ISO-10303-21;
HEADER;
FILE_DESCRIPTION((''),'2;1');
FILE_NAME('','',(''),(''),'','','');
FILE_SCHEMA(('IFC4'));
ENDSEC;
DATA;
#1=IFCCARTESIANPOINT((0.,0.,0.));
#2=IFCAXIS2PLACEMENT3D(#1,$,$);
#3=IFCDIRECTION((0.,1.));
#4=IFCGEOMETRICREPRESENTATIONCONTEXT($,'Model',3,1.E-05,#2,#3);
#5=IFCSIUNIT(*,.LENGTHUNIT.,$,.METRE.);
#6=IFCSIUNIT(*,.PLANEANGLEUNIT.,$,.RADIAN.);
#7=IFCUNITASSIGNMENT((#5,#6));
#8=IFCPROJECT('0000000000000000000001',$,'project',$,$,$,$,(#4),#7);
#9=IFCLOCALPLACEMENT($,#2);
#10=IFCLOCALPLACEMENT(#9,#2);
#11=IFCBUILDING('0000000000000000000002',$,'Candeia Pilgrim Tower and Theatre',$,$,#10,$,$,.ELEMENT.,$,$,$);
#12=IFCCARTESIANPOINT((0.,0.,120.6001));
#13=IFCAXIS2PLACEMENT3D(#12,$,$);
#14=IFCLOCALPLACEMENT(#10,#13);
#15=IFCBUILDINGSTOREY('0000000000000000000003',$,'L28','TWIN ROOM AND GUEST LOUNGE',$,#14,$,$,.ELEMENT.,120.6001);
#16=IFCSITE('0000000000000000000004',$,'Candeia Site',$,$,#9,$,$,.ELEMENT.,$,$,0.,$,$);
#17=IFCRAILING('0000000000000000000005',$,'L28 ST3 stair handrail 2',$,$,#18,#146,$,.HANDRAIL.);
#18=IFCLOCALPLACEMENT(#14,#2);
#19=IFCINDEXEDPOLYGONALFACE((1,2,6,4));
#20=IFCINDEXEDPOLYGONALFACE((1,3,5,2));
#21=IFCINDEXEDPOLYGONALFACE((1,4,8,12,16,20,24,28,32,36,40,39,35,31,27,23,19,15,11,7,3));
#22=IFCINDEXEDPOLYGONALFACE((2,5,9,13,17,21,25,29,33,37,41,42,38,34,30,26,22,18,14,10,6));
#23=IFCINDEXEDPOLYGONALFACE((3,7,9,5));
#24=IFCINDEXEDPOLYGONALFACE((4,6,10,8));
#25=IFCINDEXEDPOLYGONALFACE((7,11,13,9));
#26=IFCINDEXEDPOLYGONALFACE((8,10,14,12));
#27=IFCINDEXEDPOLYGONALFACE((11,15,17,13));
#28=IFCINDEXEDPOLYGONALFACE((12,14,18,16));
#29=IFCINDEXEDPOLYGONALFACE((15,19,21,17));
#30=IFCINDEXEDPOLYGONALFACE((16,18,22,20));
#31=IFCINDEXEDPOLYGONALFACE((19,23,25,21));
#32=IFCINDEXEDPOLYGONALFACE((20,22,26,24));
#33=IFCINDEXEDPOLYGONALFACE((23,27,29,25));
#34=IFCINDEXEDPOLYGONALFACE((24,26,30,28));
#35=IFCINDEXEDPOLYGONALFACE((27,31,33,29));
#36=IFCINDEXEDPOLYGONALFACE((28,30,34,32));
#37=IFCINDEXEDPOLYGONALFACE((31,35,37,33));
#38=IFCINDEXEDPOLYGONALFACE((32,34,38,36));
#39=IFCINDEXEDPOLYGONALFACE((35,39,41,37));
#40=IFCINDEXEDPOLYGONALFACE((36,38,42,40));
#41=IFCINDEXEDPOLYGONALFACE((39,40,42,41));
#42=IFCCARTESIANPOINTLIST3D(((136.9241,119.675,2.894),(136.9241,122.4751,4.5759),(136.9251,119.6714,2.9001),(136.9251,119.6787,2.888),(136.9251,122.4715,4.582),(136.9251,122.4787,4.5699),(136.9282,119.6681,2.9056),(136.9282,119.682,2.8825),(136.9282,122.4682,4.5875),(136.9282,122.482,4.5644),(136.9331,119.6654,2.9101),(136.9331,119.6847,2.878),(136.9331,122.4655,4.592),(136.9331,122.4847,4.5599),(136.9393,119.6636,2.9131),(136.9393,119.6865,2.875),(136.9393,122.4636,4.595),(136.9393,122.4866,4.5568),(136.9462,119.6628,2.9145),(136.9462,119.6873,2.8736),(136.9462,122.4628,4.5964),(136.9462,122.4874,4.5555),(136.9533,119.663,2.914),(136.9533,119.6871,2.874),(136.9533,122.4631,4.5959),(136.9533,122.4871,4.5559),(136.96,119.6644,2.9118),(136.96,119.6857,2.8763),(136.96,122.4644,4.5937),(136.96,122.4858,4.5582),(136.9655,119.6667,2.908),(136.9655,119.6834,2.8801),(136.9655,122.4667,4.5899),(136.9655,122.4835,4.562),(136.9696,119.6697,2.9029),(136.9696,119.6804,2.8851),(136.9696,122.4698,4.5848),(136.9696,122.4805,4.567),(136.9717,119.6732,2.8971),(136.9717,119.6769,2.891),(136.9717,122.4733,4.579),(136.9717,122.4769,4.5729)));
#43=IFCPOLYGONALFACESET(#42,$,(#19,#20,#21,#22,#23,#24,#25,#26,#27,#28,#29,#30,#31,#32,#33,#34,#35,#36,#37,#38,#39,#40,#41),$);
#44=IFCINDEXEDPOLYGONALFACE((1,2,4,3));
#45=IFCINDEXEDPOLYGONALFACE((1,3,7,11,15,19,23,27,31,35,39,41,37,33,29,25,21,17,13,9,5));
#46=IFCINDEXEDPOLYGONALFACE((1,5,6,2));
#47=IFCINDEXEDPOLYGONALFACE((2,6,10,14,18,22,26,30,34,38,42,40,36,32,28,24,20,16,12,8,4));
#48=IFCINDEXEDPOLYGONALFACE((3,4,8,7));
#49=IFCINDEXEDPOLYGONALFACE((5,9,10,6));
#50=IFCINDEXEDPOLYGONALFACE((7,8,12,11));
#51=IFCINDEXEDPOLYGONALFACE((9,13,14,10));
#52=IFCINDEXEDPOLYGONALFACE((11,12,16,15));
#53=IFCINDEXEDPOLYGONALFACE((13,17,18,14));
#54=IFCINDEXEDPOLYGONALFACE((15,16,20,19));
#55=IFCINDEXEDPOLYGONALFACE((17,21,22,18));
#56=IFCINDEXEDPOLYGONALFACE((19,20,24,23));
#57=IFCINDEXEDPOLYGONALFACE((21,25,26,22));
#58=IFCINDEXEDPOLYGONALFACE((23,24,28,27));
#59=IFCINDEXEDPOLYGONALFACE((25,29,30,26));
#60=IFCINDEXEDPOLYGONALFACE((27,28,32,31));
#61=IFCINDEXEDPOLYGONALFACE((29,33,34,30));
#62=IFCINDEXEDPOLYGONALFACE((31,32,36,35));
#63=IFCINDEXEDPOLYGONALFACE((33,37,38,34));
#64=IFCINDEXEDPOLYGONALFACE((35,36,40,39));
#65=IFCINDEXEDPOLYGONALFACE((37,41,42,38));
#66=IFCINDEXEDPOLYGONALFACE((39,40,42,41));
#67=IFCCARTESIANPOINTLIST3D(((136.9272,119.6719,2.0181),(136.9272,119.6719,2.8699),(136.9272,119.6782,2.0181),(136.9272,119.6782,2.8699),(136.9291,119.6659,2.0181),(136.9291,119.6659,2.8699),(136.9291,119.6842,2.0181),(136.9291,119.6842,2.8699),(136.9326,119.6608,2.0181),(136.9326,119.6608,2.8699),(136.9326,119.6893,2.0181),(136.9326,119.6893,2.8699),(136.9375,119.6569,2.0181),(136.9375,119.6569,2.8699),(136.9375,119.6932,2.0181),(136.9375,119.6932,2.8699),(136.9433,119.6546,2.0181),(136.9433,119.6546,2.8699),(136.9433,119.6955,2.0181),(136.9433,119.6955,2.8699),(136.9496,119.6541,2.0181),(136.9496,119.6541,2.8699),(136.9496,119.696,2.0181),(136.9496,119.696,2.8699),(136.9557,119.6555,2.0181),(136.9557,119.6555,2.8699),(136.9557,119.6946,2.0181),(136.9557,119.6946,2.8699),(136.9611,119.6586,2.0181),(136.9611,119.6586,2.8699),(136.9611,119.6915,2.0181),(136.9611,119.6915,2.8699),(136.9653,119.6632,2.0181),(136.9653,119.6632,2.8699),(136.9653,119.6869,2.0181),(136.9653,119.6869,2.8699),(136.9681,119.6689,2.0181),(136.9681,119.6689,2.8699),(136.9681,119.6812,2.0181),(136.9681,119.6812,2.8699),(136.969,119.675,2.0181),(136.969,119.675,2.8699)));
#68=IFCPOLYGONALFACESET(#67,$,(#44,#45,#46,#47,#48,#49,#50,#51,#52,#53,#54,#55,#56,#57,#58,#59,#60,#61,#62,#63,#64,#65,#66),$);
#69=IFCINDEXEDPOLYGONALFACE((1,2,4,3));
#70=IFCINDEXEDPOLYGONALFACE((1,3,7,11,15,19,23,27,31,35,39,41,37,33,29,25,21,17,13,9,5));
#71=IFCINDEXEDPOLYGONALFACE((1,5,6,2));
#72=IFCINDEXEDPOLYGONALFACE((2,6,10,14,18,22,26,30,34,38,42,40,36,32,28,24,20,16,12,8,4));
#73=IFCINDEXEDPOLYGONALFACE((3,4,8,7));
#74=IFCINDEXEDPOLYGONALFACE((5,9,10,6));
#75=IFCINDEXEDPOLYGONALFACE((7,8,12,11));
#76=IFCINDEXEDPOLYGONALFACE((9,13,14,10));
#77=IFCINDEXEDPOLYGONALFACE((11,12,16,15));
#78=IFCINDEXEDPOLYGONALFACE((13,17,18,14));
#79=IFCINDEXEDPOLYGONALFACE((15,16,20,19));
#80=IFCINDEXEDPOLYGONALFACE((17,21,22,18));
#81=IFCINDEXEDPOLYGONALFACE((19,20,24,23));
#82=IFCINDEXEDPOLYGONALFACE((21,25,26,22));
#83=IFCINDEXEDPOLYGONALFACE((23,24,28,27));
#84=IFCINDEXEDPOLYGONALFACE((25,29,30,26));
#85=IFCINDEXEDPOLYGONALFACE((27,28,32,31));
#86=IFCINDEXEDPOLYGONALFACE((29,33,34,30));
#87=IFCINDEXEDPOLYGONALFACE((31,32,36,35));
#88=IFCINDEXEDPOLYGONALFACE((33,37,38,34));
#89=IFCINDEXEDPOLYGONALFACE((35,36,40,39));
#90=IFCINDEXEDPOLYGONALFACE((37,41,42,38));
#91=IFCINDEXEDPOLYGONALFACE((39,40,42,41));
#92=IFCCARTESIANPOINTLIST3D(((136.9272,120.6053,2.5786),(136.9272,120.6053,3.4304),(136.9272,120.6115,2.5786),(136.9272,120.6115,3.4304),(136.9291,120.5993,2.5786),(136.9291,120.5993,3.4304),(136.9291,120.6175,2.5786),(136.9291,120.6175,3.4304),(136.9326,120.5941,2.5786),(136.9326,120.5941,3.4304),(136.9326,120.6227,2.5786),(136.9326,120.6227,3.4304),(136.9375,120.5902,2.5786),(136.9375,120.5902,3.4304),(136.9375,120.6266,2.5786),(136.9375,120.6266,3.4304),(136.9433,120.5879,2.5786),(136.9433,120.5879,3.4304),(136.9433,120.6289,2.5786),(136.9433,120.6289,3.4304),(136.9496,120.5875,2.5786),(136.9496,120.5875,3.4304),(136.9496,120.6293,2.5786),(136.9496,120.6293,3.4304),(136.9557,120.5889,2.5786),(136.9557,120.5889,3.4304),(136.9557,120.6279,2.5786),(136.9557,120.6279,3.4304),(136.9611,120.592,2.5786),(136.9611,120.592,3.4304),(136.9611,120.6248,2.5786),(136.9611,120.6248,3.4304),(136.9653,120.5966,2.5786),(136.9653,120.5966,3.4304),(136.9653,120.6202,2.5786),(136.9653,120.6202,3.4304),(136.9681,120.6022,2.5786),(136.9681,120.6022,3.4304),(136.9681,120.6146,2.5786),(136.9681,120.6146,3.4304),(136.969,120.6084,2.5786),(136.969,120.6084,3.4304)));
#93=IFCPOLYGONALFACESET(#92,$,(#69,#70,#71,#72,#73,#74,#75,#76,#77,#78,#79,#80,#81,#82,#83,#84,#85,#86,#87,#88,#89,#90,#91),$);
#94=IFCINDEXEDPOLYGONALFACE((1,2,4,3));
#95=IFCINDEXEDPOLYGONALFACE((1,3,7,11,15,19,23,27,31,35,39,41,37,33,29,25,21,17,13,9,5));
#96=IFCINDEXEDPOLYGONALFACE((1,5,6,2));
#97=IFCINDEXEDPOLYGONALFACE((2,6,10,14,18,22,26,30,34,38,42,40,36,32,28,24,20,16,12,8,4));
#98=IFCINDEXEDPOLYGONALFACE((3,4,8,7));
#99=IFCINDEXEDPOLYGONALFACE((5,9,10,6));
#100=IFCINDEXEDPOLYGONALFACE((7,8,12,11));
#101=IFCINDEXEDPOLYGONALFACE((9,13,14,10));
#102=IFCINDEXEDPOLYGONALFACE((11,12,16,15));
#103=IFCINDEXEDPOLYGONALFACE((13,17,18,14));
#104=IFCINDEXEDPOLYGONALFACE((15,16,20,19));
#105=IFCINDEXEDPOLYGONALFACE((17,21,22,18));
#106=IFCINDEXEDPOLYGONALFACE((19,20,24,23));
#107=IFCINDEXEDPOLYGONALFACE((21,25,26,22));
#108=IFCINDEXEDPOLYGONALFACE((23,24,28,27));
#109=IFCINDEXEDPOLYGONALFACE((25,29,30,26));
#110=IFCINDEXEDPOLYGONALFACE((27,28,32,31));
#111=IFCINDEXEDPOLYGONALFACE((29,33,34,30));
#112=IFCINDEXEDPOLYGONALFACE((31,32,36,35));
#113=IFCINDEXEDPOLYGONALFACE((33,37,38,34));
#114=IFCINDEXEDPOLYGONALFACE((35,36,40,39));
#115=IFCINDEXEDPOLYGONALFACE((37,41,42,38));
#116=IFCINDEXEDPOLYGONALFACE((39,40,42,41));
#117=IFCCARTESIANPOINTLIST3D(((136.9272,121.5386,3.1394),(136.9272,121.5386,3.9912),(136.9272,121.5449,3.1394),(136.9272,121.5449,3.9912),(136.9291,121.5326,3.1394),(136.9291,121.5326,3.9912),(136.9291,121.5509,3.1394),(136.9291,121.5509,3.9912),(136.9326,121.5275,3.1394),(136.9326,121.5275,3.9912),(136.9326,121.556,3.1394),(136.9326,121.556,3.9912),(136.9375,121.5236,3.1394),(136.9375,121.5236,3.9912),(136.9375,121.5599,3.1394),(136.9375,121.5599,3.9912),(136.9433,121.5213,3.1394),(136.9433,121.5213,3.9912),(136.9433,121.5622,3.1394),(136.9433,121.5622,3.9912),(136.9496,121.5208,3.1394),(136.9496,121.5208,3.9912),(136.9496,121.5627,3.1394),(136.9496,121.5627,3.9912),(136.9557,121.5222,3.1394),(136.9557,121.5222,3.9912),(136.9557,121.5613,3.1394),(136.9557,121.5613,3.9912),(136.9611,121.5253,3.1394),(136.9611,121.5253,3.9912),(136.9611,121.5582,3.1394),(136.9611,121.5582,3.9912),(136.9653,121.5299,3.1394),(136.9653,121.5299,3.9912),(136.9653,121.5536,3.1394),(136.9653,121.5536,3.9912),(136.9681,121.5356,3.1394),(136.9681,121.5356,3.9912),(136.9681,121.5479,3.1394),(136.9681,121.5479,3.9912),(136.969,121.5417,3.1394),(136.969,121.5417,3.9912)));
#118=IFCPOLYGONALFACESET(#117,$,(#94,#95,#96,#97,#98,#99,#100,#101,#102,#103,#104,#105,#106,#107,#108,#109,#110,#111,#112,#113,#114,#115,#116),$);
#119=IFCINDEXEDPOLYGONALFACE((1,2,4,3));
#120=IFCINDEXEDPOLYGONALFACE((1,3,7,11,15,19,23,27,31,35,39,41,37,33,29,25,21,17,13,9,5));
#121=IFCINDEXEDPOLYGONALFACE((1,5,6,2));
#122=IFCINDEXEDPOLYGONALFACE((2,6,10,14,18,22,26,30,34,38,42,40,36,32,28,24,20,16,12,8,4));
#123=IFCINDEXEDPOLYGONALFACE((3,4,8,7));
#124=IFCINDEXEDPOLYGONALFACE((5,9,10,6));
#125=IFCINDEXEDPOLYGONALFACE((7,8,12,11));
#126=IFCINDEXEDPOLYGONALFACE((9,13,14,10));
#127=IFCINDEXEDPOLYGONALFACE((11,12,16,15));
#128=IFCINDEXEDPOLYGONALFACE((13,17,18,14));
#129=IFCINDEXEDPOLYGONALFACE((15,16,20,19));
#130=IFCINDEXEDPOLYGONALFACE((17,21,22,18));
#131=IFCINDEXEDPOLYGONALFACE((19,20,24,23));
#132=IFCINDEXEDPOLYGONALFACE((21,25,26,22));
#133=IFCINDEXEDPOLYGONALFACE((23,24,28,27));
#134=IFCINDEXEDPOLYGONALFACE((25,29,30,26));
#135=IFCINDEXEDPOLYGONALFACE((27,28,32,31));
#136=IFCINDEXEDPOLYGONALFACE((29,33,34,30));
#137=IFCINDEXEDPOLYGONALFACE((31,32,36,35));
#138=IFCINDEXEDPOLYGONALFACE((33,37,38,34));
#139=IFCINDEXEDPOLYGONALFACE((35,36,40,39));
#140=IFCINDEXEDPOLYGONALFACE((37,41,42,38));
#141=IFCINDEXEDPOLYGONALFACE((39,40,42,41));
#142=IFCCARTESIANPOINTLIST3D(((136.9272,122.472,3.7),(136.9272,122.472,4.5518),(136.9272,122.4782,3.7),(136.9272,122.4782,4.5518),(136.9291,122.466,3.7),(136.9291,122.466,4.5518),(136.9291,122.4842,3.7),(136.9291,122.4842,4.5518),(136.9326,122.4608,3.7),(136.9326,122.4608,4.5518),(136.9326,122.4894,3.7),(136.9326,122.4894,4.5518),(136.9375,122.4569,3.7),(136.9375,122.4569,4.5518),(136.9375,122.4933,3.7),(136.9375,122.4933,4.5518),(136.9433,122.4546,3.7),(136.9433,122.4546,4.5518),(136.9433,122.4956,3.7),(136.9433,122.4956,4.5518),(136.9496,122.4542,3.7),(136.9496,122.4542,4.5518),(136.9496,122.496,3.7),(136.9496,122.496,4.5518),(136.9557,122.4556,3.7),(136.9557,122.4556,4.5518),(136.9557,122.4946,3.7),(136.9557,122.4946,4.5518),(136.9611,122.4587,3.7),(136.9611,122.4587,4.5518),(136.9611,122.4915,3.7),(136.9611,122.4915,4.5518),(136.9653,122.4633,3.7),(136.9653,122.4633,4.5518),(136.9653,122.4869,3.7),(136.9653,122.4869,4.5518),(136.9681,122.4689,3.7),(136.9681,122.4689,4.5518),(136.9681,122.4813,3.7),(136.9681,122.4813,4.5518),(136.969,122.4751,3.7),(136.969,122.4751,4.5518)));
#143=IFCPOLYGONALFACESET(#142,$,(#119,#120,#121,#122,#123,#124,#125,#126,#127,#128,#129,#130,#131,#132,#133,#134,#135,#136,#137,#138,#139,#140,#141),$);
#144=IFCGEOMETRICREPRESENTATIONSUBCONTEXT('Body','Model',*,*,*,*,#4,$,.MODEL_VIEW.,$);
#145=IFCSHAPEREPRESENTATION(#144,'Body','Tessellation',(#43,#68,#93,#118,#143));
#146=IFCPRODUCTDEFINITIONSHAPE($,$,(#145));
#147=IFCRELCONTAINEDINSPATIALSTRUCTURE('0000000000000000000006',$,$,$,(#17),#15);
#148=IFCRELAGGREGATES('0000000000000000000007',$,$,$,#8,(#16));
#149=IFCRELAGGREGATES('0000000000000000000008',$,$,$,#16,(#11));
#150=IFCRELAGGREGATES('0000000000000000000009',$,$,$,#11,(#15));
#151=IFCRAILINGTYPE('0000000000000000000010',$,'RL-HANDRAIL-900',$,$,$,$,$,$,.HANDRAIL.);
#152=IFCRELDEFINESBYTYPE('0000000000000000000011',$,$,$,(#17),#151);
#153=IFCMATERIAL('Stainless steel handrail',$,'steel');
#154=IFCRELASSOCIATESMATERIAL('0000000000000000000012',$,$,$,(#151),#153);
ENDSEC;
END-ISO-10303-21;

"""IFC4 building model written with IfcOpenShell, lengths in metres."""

from ifc_helpers import new_model, si_unit, direction, frame, origin, origin_2d, place, context, subcontext, project, spatial, circle, extrude, material, type_object, element, save


model = new_model("IFC4")

# Units and contexts
model_context = context("Model", 3, precision=1e-05, world=origin(), true_north=direction((0.0, 1.0)))
body_context = subcontext(model_context, "Body", "Model", "MODEL_VIEW")
ifc_project = project(units=[si_unit("LENGTHUNIT", "METRE"), si_unit("PLANEANGLEUNIT", "RADIAN")], contexts=[model_context])

# Site, building, storey
site_placement = place(None, origin())
site = spatial("IfcSite", under=ifc_project, at=site_placement, Name="Candeia Site", CompositionType="ELEMENT", RefElevation=0.0)
building_placement = place(site_placement, origin())
building = spatial("IfcBuilding", under=site, at=building_placement, Name="Candeia Pilgrim Tower and Theatre", CompositionType="ELEMENT")
storey_placement = place(building_placement, frame((0.0, 0.0, 120.6001)))
storey = spatial("IfcBuildingStorey", under=building, at=storey_placement, Name="L28", Description="TWIN ROOM AND GUEST LOUNGE", CompositionType="ELEMENT", Elevation=120.6001)

# Railing
ifc_material_1 = material(Name="Stainless steel handrail", Category="steel")
railing_type_1 = type_object("IfcRailingType", Name="RL-HANDRAIL-900", PredefinedType="HANDRAIL", material=ifc_material_1)
railing_1_placement = place(storey_placement, frame((136.948, 119.675, 2.0181)))
element("IfcRailing", 1, at=railing_1_placement, inside=storey, type_object=railing_type_1, Name="L28 ST3 stair handrail 2", PredefinedType="HANDRAIL", context=body_context, shape_type="SweptSolid", body=[
    extrude(circle(Radius=0.0239, at=origin_2d()), frame((0.0, 0.0, 0.876), z_axis=(0.0, 0.857242, 0.514913), x_axis=(-1.0, 0.0, 0.0)), (0.0, 0.0, 1.0), 3.2664),
    extrude(circle(Radius=0.021, at=origin_2d()), origin(), (0.0, 0.0, 1.0), 0.8518),
    extrude(circle(Radius=0.021, at=origin_2d()), frame((0.0, 0.9333, 0.5605)), (0.0, 0.0, 1.0), 0.8518),
    extrude(circle(Radius=0.021, at=origin_2d()), frame((0.0, 1.8667, 1.1213)), (0.0, 0.0, 1.0), 0.8518),
    extrude(circle(Radius=0.021, at=origin_2d()), frame((0.0, 2.8, 1.6819)), (0.0, 0.0, 1.0), 0.8518),
])

save(model, "model.ifc")
